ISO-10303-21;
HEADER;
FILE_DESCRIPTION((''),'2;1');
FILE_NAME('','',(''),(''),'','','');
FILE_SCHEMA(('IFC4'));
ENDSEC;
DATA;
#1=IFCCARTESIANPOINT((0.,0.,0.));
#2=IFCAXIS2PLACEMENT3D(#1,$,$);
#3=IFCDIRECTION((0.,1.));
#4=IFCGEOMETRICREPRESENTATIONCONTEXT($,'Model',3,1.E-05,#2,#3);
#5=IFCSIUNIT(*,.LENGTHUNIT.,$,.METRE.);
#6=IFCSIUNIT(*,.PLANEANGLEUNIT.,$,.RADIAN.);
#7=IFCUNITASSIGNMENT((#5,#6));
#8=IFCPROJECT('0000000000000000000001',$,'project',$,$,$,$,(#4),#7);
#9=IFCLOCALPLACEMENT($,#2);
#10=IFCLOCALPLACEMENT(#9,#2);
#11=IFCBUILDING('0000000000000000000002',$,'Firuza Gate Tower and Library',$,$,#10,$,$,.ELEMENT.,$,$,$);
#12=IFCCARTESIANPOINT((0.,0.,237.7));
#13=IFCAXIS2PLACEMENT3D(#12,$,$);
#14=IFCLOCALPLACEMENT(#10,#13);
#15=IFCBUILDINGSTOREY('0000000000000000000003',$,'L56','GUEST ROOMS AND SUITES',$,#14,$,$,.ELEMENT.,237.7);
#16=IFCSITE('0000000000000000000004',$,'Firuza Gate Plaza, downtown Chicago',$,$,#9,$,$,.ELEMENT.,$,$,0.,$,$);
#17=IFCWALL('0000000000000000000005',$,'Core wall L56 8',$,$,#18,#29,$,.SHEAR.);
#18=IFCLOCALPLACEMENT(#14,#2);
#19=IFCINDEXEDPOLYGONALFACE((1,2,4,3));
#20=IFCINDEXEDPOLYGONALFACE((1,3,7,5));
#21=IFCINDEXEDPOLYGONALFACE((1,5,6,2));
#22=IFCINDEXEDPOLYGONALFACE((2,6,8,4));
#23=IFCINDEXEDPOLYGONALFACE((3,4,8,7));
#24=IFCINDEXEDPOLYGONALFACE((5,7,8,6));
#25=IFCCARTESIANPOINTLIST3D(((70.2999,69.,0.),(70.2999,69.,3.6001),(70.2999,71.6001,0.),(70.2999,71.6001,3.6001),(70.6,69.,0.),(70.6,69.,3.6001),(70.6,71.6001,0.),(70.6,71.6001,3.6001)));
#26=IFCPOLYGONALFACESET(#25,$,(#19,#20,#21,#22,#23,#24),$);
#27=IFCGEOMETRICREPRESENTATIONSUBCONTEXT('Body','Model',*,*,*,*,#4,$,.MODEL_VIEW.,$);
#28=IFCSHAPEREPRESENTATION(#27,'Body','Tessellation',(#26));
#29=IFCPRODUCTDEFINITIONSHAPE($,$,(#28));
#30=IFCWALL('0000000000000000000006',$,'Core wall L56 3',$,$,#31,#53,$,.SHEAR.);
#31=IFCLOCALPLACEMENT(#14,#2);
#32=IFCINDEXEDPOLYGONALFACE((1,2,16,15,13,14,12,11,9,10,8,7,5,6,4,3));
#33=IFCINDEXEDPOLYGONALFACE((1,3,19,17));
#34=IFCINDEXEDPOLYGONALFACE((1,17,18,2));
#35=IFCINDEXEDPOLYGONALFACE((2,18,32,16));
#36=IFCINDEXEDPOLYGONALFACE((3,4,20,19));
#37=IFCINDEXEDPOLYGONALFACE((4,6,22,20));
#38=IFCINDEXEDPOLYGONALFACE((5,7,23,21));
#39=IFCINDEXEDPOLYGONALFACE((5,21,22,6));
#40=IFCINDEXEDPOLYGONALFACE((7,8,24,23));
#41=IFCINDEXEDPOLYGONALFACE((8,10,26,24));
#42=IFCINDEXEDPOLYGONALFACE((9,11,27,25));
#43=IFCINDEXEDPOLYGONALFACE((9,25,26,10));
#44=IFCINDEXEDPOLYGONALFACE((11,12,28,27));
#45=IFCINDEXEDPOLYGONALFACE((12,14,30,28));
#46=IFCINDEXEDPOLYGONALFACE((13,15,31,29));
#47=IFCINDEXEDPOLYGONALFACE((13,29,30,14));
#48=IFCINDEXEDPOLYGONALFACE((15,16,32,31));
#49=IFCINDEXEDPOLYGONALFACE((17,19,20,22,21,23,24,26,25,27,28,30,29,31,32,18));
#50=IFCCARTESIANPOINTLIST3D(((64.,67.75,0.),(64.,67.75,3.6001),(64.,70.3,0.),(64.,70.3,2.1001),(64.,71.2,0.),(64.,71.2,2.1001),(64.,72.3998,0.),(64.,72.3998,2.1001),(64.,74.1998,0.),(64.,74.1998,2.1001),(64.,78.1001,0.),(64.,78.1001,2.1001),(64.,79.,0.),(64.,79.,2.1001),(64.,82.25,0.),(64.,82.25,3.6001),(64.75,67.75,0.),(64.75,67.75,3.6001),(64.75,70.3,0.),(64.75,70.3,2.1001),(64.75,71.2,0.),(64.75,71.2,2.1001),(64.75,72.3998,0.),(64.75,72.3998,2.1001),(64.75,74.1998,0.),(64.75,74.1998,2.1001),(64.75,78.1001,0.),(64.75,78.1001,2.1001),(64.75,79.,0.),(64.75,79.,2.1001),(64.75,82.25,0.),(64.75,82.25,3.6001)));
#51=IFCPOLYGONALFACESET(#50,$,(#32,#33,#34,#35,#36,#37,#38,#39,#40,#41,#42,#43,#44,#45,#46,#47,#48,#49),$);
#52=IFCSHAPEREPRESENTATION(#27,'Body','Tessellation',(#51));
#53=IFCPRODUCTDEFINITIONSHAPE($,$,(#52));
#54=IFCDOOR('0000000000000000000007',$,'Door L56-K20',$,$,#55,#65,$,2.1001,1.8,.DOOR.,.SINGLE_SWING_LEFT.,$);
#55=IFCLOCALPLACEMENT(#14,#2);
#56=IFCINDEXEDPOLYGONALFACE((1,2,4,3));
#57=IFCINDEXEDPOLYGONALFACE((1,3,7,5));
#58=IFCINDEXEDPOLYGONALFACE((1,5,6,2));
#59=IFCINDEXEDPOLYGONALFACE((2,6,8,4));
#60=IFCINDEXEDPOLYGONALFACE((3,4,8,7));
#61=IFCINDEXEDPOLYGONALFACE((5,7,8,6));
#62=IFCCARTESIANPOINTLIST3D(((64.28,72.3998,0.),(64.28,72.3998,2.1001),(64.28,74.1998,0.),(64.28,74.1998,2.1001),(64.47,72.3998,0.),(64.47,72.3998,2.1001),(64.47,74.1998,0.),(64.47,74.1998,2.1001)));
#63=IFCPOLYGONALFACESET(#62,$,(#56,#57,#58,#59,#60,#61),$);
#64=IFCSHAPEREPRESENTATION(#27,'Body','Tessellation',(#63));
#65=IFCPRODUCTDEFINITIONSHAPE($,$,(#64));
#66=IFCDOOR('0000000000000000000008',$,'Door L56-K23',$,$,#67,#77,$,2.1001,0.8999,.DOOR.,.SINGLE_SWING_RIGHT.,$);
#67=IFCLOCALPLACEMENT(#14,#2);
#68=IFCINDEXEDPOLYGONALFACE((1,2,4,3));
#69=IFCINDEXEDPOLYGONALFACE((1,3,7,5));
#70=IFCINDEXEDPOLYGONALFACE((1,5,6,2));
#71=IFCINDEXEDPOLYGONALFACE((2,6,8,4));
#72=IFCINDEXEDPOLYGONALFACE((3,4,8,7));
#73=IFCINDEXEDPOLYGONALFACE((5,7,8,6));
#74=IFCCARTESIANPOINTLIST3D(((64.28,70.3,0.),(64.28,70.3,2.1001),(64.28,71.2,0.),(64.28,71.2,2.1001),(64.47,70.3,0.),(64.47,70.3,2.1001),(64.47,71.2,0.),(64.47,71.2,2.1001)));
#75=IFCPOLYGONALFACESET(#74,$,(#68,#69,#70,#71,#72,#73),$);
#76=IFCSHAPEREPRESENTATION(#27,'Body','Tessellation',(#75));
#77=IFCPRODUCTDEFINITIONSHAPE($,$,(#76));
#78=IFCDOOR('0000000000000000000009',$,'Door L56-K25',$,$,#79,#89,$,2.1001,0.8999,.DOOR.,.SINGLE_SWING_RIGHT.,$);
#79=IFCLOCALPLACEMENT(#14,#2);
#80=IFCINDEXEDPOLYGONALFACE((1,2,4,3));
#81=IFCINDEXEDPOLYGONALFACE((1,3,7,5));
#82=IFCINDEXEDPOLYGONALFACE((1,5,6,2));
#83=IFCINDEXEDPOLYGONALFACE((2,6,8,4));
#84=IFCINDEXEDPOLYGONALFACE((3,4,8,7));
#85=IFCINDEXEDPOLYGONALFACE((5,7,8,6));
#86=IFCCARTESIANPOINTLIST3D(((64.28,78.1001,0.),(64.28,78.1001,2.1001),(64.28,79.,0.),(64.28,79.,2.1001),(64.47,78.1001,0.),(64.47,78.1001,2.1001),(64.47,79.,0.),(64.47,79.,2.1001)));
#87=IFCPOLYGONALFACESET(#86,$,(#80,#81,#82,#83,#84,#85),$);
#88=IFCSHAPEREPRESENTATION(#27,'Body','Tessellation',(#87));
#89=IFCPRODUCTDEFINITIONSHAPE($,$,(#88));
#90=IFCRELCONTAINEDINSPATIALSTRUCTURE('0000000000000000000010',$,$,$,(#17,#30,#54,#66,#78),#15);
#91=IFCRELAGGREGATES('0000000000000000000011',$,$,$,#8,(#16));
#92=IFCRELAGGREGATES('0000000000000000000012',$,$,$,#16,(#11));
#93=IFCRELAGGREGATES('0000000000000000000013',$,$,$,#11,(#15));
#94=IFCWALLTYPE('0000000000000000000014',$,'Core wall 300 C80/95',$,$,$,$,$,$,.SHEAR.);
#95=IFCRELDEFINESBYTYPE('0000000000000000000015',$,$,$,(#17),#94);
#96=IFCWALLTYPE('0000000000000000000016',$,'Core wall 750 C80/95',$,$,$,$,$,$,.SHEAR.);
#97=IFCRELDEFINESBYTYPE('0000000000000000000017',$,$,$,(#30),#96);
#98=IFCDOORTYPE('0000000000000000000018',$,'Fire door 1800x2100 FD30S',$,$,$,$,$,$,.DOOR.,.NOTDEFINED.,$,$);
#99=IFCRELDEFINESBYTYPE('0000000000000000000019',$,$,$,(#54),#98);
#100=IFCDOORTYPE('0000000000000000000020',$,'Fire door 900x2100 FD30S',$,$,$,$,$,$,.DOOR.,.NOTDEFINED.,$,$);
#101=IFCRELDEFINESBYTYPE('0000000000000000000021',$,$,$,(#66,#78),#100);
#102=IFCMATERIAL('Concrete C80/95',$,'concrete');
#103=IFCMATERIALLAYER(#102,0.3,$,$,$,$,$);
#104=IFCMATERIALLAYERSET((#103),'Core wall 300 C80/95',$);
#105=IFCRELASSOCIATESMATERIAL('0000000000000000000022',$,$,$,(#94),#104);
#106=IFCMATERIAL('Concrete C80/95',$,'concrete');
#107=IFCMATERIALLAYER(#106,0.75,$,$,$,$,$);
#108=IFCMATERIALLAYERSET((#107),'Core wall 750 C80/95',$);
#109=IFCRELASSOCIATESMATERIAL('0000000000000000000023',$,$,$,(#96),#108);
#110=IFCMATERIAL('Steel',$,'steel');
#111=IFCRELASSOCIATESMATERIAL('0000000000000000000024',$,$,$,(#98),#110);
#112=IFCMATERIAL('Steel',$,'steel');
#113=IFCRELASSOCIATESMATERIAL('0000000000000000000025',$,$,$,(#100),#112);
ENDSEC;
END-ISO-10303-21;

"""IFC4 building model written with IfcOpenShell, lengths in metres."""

from ifc_helpers import new_model, si_unit, direction, frame, frame_2d, origin, place, context, subcontext, project, spatial, rectangle, extrude, material, layer, layer_set, type_object, element, fill, save


model = new_model("IFC4")

# Units and contexts
model_context = context("Model", 3, precision=1e-05, world=origin(), true_north=direction((0.0, 1.0)))
body_context = subcontext(model_context, "Body", "Model", "MODEL_VIEW")
ifc_project = project(units=[si_unit("LENGTHUNIT", "METRE"), si_unit("PLANEANGLEUNIT", "RADIAN")], contexts=[model_context])

# Site, building, storey
site_placement = place(None, origin())
site = spatial("IfcSite", under=ifc_project, at=site_placement, Name="Firuza Gate Plaza, downtown Chicago", CompositionType="ELEMENT", RefElevation=0.0)
building_placement = place(site_placement, origin())
building = spatial("IfcBuilding", under=site, at=building_placement, Name="Firuza Gate Tower and Library", CompositionType="ELEMENT")
storey_placement = place(building_placement, frame((0.0, 0.0, 237.7)))
storey = spatial("IfcBuildingStorey", under=building, at=storey_placement, Name="L56", Description="GUEST ROOMS AND SUITES", CompositionType="ELEMENT", Elevation=237.7)

# Shared definitions
ifc_material_1 = material(Name="Concrete C80/95", Category="concrete")
ifc_layer_1 = layer(ifc_material_1, 0.3)
ifc_layer_set_1 = layer_set([ifc_layer_1], Name="Core wall 300 C80/95")
wall_type_1 = type_object("IfcWallType", Name="Core wall 300 C80/95", PredefinedType="SHEAR", material=ifc_layer_set_1)

# Wall
wall_1_placement = place(storey_placement, frame((70.45, 69.0, 0.0), z_axis=(0.0, 0.0, 1.0), x_axis=(0.0, 1.0, 0.0)))
element("IfcWall", 1, at=wall_1_placement, inside=storey, type_object=wall_type_1, Name="Core wall L56 8", PredefinedType="SHEAR", context=body_context, shape_type="SweptSolid", body=[
    extrude(rectangle(XDim=2.6001, YDim=0.3, at=frame_2d((1.3, 0.0))), origin(), (0.0, 0.0, 1.0), 3.6001),
])

# Wall, openings, doors
ifc_material_2 = material(Name="Concrete C80/95", Category="concrete")
ifc_layer_2 = layer(ifc_material_2, 0.75)
ifc_layer_set_2 = layer_set([ifc_layer_2], Name="Core wall 750 C80/95")
wall_type_2 = type_object("IfcWallType", Name="Core wall 750 C80/95", PredefinedType="SHEAR", material=ifc_layer_set_2)
wall_2_placement = place(storey_placement, frame((64.375, 67.75, 0.0), z_axis=(0.0, 0.0, 1.0), x_axis=(0.0, 1.0, 0.0)))
wall_2 = element("IfcWall", 2, at=wall_2_placement, inside=storey, type_object=wall_type_2, Name="Core wall L56 3", PredefinedType="SHEAR", context=body_context, shape_type="SweptSolid", body=[
    extrude(rectangle(XDim=14.5, YDim=0.75, at=frame_2d((7.25, 0.0))), origin(), (0.0, 0.0, 1.0), 3.6001),
])
opening_1_placement = place(wall_2_placement, frame((4.6499, 0.0, 0.0)))
opening_1 = element("IfcOpeningElement", 3, at=opening_1_placement, cuts=wall_2, PredefinedType="OPENING", context=body_context, shape_type="SweptSolid", body=[
    extrude(rectangle(XDim=1.8, YDim=2.1001, at=frame_2d((0.8999, 1.05))), frame((0.0, 0.385, 0.0), z_axis=(0.0, -1.0, 0.0), x_axis=(1.0, 0.0, 0.0)), (0.0, 0.0, 1.0), 0.77),
])
opening_2_placement = place(wall_2_placement, frame((2.55, 0.0, 0.0)))
opening_2 = element("IfcOpeningElement", 4, at=opening_2_placement, cuts=wall_2, PredefinedType="OPENING", context=body_context, shape_type="SweptSolid", body=[
    extrude(rectangle(XDim=0.8999, YDim=2.1001, at=frame_2d((0.45, 1.05))), frame((0.0, 0.385, 0.0), z_axis=(0.0, -1.0, 0.0), x_axis=(1.0, 0.0, 0.0)), (0.0, 0.0, 1.0), 0.77),
])
opening_3_placement = place(wall_2_placement, frame((10.3501, 0.0, 0.0)))
opening_3 = element("IfcOpeningElement", 5, at=opening_3_placement, cuts=wall_2, PredefinedType="OPENING", context=body_context, shape_type="SweptSolid", body=[
    extrude(rectangle(XDim=0.8999, YDim=2.1001, at=frame_2d((0.45, 1.05))), frame((0.0, 0.385, 0.0), z_axis=(0.0, -1.0, 0.0), x_axis=(1.0, 0.0, 0.0)), (0.0, 0.0, 1.0), 0.77),
])
ifc_material_3 = material(Name="Steel", Category="steel")
door_type_1 = type_object("IfcDoorType", Name="Fire door 1800x2100 FD30S", OperationType="NOTDEFINED", PredefinedType="DOOR", material=ifc_material_3)
door_1_placement = place(opening_1_placement, origin())
door_1 = element("IfcDoor", 6, at=door_1_placement, inside=storey, type_object=door_type_1, Name="Door L56-K20", OperationType="SINGLE_SWING_LEFT", OverallHeight=2.1001, OverallWidth=1.8, PredefinedType="DOOR", context=body_context, shape_type="SweptSolid", body=[
    extrude(rectangle(XDim=1.8, YDim=2.1001, at=frame_2d((0.8999, 1.05))), frame((0.0, 0.095, 0.0), z_axis=(0.0, -1.0, 0.0), x_axis=(1.0, 0.0, 0.0)), (0.0, 0.0, 1.0), 0.1899),
])
fill(opening_1, door_1)
ifc_material_4 = material(Name="Steel", Category="steel")
door_type_2 = type_object("IfcDoorType", Name="Fire door 900x2100 FD30S", OperationType="NOTDEFINED", PredefinedType="DOOR", material=ifc_material_4)
door_2_placement = place(opening_2_placement, origin())
door_2 = element("IfcDoor", 7, at=door_2_placement, inside=storey, type_object=door_type_2, Name="Door L56-K23", OperationType="SINGLE_SWING_RIGHT", OverallHeight=2.1001, OverallWidth=0.8999, PredefinedType="DOOR", context=body_context, shape_type="SweptSolid", body=[
    extrude(rectangle(XDim=0.8999, YDim=2.1001, at=frame_2d((0.45, 1.05))), frame((0.0, 0.095, 0.0), z_axis=(0.0, -1.0, 0.0), x_axis=(1.0, 0.0, 0.0)), (0.0, 0.0, 1.0), 0.1899),
])
fill(opening_2, door_2)
door_3_placement = place(opening_3_placement, origin())
door_3 = element("IfcDoor", 8, at=door_3_placement, inside=storey, type_object=door_type_2, Name="Door L56-K25", OperationType="SINGLE_SWING_RIGHT", OverallHeight=2.1001, OverallWidth=0.8999, PredefinedType="DOOR", context=body_context, shape_type="SweptSolid", body=[
    extrude(rectangle(XDim=0.8999, YDim=2.1001, at=frame_2d((0.45, 1.05))), frame((0.0, 0.095, 0.0), z_axis=(0.0, -1.0, 0.0), x_axis=(1.0, 0.0, 0.0)), (0.0, 0.0, 1.0), 0.1899),
])
fill(opening_3, door_3)

save(model, "model.ifc")
